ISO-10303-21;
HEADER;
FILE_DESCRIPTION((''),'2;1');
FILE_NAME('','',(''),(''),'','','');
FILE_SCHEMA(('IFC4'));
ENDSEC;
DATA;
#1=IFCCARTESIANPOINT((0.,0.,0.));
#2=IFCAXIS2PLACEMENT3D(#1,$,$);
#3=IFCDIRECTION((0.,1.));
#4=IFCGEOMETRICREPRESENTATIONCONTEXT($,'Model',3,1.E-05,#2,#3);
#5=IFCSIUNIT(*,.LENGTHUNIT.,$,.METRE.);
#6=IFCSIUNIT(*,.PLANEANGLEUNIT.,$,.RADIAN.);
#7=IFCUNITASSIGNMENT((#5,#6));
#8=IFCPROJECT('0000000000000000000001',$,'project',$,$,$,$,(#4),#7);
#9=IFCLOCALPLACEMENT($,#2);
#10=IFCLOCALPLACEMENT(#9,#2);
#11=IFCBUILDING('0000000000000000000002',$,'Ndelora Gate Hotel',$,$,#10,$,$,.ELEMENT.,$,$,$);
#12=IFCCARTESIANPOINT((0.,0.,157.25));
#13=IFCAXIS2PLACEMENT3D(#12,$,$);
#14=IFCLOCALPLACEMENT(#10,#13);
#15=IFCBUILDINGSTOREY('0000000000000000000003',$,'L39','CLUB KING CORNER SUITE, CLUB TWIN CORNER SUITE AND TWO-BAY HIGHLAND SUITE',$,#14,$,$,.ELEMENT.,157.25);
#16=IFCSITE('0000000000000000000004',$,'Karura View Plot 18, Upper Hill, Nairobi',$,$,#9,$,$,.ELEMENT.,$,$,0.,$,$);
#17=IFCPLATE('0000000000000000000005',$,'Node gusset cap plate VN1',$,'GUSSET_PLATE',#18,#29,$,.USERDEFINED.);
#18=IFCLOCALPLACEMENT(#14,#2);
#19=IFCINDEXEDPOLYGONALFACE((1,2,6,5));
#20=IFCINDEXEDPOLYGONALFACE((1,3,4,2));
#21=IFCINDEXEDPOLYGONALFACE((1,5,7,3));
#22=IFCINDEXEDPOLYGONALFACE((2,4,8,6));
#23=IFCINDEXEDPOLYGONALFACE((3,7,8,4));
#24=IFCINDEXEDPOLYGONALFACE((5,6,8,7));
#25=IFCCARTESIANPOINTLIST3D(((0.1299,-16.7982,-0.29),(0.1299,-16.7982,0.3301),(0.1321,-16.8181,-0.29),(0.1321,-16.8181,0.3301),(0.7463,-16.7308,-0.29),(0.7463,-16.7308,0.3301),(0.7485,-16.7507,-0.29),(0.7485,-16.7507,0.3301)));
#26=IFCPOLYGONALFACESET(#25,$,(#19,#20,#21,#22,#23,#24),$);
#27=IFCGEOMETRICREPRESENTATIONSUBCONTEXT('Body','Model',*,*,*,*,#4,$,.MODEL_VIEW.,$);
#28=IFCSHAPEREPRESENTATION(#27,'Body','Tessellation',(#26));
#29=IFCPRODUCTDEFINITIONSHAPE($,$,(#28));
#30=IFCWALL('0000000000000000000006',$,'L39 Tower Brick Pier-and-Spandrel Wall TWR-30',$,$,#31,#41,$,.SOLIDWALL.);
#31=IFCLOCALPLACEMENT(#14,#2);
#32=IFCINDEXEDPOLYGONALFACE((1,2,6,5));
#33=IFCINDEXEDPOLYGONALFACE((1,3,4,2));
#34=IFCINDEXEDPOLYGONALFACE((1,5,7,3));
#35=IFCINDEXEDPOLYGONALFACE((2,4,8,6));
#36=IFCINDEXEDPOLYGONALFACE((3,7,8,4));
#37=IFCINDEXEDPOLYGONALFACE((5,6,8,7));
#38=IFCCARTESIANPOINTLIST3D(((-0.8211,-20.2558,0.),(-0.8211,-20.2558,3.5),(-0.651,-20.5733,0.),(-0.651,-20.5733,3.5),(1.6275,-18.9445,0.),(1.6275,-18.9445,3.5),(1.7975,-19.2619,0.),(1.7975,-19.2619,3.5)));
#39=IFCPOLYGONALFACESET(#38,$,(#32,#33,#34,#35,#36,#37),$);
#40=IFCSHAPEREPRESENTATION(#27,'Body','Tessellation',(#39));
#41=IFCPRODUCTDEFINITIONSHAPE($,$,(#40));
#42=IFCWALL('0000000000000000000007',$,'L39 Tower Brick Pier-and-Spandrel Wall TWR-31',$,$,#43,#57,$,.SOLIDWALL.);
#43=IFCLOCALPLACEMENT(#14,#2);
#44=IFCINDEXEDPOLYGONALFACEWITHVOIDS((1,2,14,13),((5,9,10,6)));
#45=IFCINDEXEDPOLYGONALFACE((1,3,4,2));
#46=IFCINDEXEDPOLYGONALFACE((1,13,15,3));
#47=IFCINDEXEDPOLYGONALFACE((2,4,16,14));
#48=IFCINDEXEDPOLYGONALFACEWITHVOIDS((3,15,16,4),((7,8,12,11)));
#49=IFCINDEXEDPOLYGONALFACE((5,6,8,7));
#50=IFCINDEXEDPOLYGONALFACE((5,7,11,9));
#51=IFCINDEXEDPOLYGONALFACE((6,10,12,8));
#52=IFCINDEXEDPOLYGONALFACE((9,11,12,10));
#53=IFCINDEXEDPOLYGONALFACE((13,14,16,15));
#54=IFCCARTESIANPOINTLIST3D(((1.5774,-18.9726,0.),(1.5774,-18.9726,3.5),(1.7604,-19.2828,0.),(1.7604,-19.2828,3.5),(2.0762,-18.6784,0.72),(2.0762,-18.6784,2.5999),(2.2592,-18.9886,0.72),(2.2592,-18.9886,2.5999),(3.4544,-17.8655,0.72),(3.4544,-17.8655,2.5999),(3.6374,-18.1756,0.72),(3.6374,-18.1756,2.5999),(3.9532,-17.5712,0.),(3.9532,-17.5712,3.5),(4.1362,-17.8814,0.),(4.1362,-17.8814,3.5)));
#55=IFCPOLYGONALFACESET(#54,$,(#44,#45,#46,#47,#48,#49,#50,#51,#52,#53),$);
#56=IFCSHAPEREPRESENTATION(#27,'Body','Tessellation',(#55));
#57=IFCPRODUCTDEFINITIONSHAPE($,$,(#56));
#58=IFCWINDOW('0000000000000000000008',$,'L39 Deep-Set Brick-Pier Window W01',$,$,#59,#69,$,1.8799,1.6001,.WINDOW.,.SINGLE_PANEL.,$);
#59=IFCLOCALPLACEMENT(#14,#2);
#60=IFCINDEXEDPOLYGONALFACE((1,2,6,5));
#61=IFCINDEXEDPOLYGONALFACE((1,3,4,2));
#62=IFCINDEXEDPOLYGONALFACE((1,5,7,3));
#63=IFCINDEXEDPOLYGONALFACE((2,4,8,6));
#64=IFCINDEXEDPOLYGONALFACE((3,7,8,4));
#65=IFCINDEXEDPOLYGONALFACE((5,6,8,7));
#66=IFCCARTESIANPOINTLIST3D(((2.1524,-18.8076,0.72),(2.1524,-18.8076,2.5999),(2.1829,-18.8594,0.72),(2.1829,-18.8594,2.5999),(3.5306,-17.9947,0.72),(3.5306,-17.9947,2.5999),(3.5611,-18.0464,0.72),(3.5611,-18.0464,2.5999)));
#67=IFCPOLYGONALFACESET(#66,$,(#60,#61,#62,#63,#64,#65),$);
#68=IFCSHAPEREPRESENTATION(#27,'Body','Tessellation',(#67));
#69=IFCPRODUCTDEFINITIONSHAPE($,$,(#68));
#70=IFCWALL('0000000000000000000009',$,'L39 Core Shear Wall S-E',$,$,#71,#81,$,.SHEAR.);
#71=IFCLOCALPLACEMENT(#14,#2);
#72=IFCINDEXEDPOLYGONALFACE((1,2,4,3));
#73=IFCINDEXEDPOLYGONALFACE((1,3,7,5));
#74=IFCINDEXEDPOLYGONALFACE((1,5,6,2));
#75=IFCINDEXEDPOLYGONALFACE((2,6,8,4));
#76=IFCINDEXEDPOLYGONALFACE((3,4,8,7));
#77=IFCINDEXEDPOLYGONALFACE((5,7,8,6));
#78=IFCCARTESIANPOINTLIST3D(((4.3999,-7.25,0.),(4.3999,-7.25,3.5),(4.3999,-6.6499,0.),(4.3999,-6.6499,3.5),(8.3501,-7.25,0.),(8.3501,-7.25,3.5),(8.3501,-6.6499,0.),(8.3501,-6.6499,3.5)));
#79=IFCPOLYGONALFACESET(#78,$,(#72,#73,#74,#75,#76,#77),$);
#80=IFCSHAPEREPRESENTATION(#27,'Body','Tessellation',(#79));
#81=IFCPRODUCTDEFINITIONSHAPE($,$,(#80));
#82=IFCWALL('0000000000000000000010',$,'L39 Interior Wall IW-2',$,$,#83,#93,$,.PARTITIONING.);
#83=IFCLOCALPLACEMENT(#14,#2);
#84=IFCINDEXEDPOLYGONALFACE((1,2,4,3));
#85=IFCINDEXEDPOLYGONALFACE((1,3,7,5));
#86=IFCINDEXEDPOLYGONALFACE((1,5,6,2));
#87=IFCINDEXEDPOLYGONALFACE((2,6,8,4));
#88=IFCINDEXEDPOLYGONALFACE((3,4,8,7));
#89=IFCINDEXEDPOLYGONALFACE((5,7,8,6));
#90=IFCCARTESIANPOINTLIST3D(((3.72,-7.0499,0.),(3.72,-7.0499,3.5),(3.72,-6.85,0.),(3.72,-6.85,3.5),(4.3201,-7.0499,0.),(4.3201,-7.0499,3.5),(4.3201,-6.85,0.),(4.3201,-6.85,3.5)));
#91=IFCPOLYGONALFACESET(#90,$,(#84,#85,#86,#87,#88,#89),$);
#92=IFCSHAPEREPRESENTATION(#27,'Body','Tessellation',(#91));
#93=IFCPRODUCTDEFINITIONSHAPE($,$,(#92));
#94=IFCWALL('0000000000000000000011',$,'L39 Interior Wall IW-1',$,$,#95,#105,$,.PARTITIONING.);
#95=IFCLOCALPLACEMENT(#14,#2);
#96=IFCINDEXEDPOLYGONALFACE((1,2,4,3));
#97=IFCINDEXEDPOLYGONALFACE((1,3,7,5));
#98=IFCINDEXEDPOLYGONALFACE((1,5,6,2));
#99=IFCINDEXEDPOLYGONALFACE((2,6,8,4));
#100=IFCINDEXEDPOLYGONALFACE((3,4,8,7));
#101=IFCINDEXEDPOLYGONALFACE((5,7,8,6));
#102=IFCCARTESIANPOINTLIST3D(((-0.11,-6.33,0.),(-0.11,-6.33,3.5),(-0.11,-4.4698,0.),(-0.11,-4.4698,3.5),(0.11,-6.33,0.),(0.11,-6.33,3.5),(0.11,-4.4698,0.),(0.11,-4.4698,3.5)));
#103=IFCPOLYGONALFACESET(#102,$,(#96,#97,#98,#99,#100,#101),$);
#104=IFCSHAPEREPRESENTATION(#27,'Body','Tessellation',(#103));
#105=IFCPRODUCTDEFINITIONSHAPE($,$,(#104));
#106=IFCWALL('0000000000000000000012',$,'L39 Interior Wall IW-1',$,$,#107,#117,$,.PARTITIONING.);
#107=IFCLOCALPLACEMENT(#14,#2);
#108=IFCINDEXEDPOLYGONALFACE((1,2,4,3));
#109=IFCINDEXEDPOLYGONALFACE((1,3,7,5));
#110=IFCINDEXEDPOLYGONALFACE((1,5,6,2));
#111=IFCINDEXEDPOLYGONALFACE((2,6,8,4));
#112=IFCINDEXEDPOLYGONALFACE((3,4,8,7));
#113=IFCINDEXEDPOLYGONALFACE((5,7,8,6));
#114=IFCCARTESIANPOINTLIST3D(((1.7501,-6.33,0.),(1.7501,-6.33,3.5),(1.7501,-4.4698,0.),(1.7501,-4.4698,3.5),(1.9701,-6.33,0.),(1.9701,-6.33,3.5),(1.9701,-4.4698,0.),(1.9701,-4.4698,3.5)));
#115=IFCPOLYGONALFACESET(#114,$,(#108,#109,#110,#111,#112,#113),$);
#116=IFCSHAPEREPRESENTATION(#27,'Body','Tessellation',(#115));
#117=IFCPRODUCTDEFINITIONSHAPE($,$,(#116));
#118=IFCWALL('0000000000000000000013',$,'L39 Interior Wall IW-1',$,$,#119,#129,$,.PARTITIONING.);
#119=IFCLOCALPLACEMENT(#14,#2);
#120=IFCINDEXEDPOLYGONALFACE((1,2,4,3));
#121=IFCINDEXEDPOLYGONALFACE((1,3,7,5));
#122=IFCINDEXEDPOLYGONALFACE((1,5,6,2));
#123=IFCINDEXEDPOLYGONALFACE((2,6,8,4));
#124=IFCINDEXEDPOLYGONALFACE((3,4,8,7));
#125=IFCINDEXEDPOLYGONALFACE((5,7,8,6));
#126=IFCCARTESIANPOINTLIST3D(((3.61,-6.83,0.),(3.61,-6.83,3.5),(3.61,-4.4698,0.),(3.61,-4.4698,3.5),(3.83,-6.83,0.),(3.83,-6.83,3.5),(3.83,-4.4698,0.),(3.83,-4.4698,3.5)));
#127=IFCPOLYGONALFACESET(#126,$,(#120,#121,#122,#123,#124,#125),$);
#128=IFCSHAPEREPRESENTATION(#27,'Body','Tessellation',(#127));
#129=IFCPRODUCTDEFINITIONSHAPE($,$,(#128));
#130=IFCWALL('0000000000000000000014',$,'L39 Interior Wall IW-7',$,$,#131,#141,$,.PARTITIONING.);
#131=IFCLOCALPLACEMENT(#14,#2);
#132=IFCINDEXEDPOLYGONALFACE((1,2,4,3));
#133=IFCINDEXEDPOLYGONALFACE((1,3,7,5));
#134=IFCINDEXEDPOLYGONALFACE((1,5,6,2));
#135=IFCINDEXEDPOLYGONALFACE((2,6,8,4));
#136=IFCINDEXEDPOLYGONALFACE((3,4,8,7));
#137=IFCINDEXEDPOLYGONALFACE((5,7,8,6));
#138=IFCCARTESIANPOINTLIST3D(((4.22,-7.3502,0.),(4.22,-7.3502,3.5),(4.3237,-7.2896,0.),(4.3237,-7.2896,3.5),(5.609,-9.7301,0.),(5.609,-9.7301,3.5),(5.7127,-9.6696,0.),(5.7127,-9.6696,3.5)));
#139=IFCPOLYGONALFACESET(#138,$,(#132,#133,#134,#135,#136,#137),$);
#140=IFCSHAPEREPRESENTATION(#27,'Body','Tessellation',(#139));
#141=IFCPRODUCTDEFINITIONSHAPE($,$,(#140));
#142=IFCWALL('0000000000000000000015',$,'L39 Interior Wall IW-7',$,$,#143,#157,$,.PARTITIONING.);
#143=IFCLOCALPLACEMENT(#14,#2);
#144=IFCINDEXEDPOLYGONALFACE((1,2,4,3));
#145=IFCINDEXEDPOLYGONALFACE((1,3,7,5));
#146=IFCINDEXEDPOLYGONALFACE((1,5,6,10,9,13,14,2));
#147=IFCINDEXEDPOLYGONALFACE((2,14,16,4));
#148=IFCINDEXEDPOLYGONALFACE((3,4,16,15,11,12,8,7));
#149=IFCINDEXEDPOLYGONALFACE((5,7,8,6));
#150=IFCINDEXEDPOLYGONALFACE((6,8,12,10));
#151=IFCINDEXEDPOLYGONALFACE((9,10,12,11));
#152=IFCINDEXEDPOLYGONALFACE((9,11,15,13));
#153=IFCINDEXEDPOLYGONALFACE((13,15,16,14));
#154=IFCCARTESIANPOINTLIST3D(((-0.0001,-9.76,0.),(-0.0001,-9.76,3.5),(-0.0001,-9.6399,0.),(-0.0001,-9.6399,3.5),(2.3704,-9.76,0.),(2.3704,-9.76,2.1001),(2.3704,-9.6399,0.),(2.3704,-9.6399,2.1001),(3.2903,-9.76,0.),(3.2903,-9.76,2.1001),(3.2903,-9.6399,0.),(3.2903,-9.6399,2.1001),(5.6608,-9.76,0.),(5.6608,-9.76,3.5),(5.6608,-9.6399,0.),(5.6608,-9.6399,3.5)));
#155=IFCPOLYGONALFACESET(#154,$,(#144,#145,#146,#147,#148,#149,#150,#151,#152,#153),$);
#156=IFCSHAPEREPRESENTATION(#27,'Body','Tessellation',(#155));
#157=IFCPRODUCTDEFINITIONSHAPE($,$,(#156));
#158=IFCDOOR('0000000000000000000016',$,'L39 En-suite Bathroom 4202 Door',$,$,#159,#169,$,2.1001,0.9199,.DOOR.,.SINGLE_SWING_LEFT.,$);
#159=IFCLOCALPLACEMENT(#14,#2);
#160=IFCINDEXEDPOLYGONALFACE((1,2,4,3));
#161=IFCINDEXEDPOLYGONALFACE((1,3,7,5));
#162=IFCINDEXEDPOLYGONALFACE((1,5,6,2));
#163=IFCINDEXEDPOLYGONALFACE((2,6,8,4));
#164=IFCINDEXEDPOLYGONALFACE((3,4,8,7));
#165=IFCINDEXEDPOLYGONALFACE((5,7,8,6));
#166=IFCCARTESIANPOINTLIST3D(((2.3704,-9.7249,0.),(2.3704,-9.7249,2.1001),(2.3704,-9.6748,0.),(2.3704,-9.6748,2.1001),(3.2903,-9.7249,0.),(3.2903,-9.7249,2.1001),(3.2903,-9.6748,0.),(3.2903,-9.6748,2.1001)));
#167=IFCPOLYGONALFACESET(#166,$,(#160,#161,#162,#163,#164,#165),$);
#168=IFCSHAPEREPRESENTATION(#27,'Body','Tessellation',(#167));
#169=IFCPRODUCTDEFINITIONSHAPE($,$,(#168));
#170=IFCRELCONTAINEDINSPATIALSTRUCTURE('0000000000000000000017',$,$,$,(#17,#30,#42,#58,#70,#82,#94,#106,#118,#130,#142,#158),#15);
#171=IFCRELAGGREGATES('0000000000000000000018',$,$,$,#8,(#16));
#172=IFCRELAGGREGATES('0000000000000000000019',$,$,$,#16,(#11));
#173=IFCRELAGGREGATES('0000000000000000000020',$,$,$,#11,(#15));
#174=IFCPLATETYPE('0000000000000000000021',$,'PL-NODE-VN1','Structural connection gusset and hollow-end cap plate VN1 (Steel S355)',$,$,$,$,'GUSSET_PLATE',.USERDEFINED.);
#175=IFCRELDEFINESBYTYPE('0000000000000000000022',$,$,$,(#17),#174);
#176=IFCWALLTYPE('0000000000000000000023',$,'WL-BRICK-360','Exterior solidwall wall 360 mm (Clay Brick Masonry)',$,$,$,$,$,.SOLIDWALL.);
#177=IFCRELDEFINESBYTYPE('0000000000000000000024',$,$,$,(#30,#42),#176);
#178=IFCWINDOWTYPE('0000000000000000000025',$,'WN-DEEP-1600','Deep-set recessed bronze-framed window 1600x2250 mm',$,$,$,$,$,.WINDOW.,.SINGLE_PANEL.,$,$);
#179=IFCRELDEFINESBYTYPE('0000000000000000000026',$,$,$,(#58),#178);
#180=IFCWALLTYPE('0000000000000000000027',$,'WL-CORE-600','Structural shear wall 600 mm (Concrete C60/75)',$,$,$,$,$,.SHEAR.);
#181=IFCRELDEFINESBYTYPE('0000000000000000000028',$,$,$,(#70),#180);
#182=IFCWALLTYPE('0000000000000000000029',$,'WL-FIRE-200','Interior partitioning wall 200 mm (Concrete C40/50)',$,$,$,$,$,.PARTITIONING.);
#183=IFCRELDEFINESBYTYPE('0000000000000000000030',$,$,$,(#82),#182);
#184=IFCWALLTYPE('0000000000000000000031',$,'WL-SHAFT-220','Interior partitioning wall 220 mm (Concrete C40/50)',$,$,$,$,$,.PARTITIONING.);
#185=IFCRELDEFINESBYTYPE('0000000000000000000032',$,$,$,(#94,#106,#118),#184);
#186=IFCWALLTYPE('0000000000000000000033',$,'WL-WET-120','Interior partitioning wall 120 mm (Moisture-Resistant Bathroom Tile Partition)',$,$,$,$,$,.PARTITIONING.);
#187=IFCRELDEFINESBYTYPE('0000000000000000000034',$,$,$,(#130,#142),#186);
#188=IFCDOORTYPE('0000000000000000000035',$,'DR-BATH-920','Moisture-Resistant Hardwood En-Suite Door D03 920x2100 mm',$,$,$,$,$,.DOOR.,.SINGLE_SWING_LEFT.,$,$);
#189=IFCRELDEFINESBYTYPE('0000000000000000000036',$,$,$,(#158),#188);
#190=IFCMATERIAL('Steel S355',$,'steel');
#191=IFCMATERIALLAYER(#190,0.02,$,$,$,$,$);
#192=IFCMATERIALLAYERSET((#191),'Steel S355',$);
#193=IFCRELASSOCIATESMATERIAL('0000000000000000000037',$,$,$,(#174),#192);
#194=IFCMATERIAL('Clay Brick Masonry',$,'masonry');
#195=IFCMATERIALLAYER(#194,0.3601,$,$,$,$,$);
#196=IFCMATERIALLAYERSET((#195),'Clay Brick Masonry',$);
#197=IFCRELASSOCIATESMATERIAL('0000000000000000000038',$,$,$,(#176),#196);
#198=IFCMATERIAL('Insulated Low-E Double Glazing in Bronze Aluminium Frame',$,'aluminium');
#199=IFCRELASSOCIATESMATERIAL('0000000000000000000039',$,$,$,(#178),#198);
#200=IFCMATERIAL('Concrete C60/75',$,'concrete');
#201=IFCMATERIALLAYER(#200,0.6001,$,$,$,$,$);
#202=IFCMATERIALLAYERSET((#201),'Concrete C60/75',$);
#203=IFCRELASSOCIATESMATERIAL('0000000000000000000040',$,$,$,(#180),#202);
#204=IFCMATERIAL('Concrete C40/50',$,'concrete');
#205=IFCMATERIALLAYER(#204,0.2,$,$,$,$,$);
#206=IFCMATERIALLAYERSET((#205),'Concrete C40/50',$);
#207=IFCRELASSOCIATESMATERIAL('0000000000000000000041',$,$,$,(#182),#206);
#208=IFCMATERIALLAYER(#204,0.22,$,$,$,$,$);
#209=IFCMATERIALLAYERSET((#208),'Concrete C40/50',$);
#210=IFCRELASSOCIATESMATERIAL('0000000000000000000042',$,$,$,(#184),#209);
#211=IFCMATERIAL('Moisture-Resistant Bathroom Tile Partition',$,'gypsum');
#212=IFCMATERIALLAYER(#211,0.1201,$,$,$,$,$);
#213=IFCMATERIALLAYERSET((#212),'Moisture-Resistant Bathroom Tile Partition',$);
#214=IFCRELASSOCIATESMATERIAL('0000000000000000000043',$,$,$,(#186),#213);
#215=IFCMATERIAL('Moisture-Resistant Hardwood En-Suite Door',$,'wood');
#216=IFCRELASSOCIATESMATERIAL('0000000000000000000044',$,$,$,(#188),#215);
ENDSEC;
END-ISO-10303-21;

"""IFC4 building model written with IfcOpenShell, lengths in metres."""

from ifc_helpers import new_model, si_unit, direction, frame, frame_2d, origin, origin_2d, place, context, subcontext, project, spatial, rectangle, extrude, material, layer, layer_set, type_object, element, fill, save


model = new_model("IFC4")

# Units and contexts
model_context = context("Model", 3, precision=1e-05, world=origin(), true_north=direction((0.0, 1.0)))
body_context = subcontext(model_context, "Body", "Model", "MODEL_VIEW")
ifc_project = project(units=[si_unit("LENGTHUNIT", "METRE"), si_unit("PLANEANGLEUNIT", "RADIAN")], contexts=[model_context])

# Site, building, storey
site_placement = place(None, origin())
site = spatial("IfcSite", under=ifc_project, at=site_placement, Name="Karura View Plot 18, Upper Hill, Nairobi", CompositionType="ELEMENT", RefElevation=0.0)
building_placement = place(site_placement, origin())
building = spatial("IfcBuilding", under=site, at=building_placement, Name="Ndelora Gate Hotel", CompositionType="ELEMENT")
storey_placement = place(building_placement, frame((0.0, 0.0, 157.25)))
storey = spatial("IfcBuildingStorey", under=building, at=storey_placement, Name="L39", Description="CLUB KING CORNER SUITE, CLUB TWIN CORNER SUITE AND TWO-BAY HIGHLAND SUITE", CompositionType="ELEMENT", Elevation=157.25)

# Shared definitions
ifc_material_1 = material(Name="Concrete C60/75", Category="concrete")

# Shared definitions
ifc_material_2 = material(Name="Steel S355", Category="steel")

# Plate
ifc_layer_1 = layer(ifc_material_2, 0.02)
ifc_layer_set_1 = layer_set([ifc_layer_1], Name="Steel S355")
plate_type = type_object("IfcPlateType", Name="PL-NODE-VN1", Description="Structural connection gusset and hollow-end cap plate VN1 (Steel S355)", ElementType="GUSSET_PLATE", PredefinedType="USERDEFINED", material=ifc_layer_set_1)
plate_placement = place(storey_placement, frame((0.4392, -16.7744, -0.29), z_axis=(0.0, 0.0, 1.0), x_axis=(0.994075, 0.108693, 0.0)))
element("IfcPlate", 1, at=plate_placement, inside=storey, type_object=plate_type, Name="Node gusset cap plate VN1", ObjectType="GUSSET_PLATE", PredefinedType="USERDEFINED", context=body_context, shape_type="SweptSolid", body=[
    extrude(rectangle(XDim=0.6201, YDim=0.02, at=origin_2d()), origin(), (0.0, 0.0, 1.0), 0.6201),
])

# Wall
ifc_material_3 = material(Name="Clay Brick Masonry", Category="masonry")
ifc_layer_2 = layer(ifc_material_3, 0.3601)
ifc_layer_set_2 = layer_set([ifc_layer_2], Name="Clay Brick Masonry")
wall_type_1 = type_object("IfcWallType", Name="WL-BRICK-360", Description="Exterior solidwall wall 360 mm (Clay Brick Masonry)", PredefinedType="SOLIDWALL", material=ifc_layer_set_2)
wall_1_placement = place(storey_placement, frame((1.7124, -19.1033, 0.0), z_axis=(0.0, 0.0, 1.0), x_axis=(-0.881541, -0.472107, 0.0)))
element("IfcWall", 2, at=wall_1_placement, inside=storey, type_object=wall_type_1, Name="L39 Tower Brick Pier-and-Spandrel Wall TWR-30", PredefinedType="SOLIDWALL", context=body_context, shape_type="SweptSolid", body=[
    extrude(rectangle(XDim=2.7776, YDim=0.3601, at=frame_2d((1.3887, 0.0))), origin(), (0.0, 0.0, 1.0), 3.5),
])

# Wall, opening, window
wall_2_placement = place(storey_placement, frame((4.0447, -17.7263, 0.0), z_axis=(0.0, 0.0, 1.0), x_axis=(-0.861319, -0.508064, 0.0)))
wall_2 = element("IfcWall", 3, at=wall_2_placement, inside=storey, type_object=wall_type_1, Name="L39 Tower Brick Pier-and-Spandrel Wall TWR-31", PredefinedType="SOLIDWALL", context=body_context, shape_type="SweptSolid", body=[
    extrude(rectangle(XDim=2.7583, YDim=0.3601, at=frame_2d((1.3792, 0.0))), origin(), (0.0, 0.0, 1.0), 3.5),
])
opening_1_placement = place(wall_2_placement, frame((0.5791, 0.0, 0.72)))
opening_1 = element("IfcOpeningElement", 4, at=opening_1_placement, cuts=wall_2, PredefinedType="OPENING", context=body_context, shape_type="SweptSolid", body=[
    extrude(rectangle(XDim=1.6001, YDim=1.8799, at=frame_2d((0.8, 0.9399))), frame((0.0, 0.1899, 0.0), z_axis=(0.0, -1.0, 0.0), x_axis=(1.0, 0.0, 0.0)), (0.0, 0.0, 1.0), 0.3801),
])
ifc_material_4 = material(Name="Insulated Low-E Double Glazing in Bronze Aluminium Frame", Category="aluminium")
window_type = type_object("IfcWindowType", Name="WN-DEEP-1600", Description="Deep-set recessed bronze-framed window 1600x2250 mm", PartitioningType="SINGLE_PANEL", PredefinedType="WINDOW", material=ifc_material_4)
window_placement = place(opening_1_placement, origin())
window = element("IfcWindow", 5, at=window_placement, inside=storey, type_object=window_type, Name="L39 Deep-Set Brick-Pier Window W01", OverallHeight=1.8799, OverallWidth=1.6001, PartitioningType="SINGLE_PANEL", PredefinedType="WINDOW", context=body_context, shape_type="SweptSolid", body=[
    extrude(rectangle(XDim=1.6001, YDim=1.8799, at=frame_2d((0.8, 0.9399))), frame((0.0, 0.03, 0.0), z_axis=(0.0, -1.0, 0.0), x_axis=(1.0, 0.0, 0.0)), (0.0, 0.0, 1.0), 0.0601),
])
fill(opening_1, window)

# Walls
ifc_layer_3 = layer(ifc_material_1, 0.6001)
ifc_layer_set_3 = layer_set([ifc_layer_3], Name="Concrete C60/75")
wall_type_2 = type_object("IfcWallType", Name="WL-CORE-600", Description="Structural shear wall 600 mm (Concrete C60/75)", PredefinedType="SHEAR", material=ifc_layer_set_3)
wall_3_placement = place(storey_placement, frame((4.3999, -6.95, 0.0), z_axis=(0.0, 0.0, 1.0), x_axis=(1.0, 0.0, 0.0)))
element("IfcWall", 6, at=wall_3_placement, inside=storey, type_object=wall_type_2, Name="L39 Core Shear Wall S-E", PredefinedType="SHEAR", context=body_context, shape_type="SweptSolid", body=[
    extrude(rectangle(XDim=3.9502, YDim=0.6001, at=frame_2d((1.9751, 0.0))), origin(), (0.0, 0.0, 1.0), 3.5),
])
ifc_material_5 = material(Name="Concrete C40/50", Category="concrete")
ifc_layer_4 = layer(ifc_material_5, 0.2)
ifc_layer_set_4 = layer_set([ifc_layer_4], Name="Concrete C40/50")
wall_type_3 = type_object("IfcWallType", Name="WL-FIRE-200", Description="Interior partitioning wall 200 mm (Concrete C40/50)", PredefinedType="PARTITIONING", material=ifc_layer_set_4)
wall_4_placement = place(storey_placement, frame((3.72, -6.95, 0.0), z_axis=(0.0, 0.0, 1.0), x_axis=(1.0, 0.0, 0.0)))
element("IfcWall", 7, at=wall_4_placement, inside=storey, type_object=wall_type_3, Name="L39 Interior Wall IW-2", PredefinedType="PARTITIONING", context=body_context, shape_type="SweptSolid", body=[
    extrude(rectangle(XDim=0.6001, YDim=0.2, at=frame_2d((0.3, 0.0))), origin(), (0.0, 0.0, 1.0), 3.5),
])

# Shared definitions
ifc_layer_5 = layer(ifc_material_5, 0.22)
ifc_layer_set_5 = layer_set([ifc_layer_5], Name="Concrete C40/50")
wall_type_4 = type_object("IfcWallType", Name="WL-SHAFT-220", Description="Interior partitioning wall 220 mm (Concrete C40/50)", PredefinedType="PARTITIONING", material=ifc_layer_set_5)

# Walls
for number, where, z_axis, x_axis, name in (
    (8, (0.0, -6.3301, 0.0), (0.0, 0.0, 1.0), (0.0, 1.0, 0.0), "L39 Interior Wall IW-1"),
    (9, (1.8601, -6.3301, 0.0), (0.0, 0.0, 1.0), (0.0, 1.0, 0.0), "L39 Interior Wall IW-1"),
):
    element("IfcWall", number, at=place(storey_placement, frame(where, z_axis=z_axis, x_axis=x_axis)), inside=storey, type_object=wall_type_4, Name=name, PredefinedType="PARTITIONING", context=body_context, shape_type="SweptSolid", body=[
        extrude(rectangle(XDim=1.8601, YDim=0.22, at=frame_2d((0.9302, 0.0))), origin(), (0.0, 0.0, 1.0), 3.5),
    ])

# Walls
wall_5_placement = place(storey_placement, frame((3.72, -6.8301, 0.0), z_axis=(0.0, 0.0, 1.0), x_axis=(0.0, 1.0, 0.0)))
element("IfcWall", 10, at=wall_5_placement, inside=storey, type_object=wall_type_4, Name="L39 Interior Wall IW-1", PredefinedType="PARTITIONING", context=body_context, shape_type="SweptSolid", body=[
    extrude(rectangle(XDim=2.3601, YDim=0.22, at=frame_2d((1.1802, 0.0))), origin(), (0.0, 0.0, 1.0), 3.5),
])
ifc_material_6 = material(Name="Moisture-Resistant Bathroom Tile Partition", Category="gypsum")
ifc_layer_6 = layer(ifc_material_6, 0.1201)
ifc_layer_set_6 = layer_set([ifc_layer_6], Name="Moisture-Resistant Bathroom Tile Partition")
wall_type_5 = type_object("IfcWallType", Name="WL-WET-120", Description="Interior partitioning wall 120 mm (Moisture-Resistant Bathroom Tile Partition)", PredefinedType="PARTITIONING", material=ifc_layer_set_6)
wall_6_placement = place(storey_placement, frame((5.6609, -9.7, 0.0), z_axis=(0.0, 0.0, 1.0), x_axis=(-0.504047, 0.863676, 0.0)))
element("IfcWall", 11, at=wall_6_placement, inside=storey, type_object=wall_type_5, Name="L39 Interior Wall IW-7", PredefinedType="PARTITIONING", context=body_context, shape_type="SweptSolid", body=[
    extrude(rectangle(XDim=2.7556, YDim=0.1201, at=frame_2d((1.3779, 0.0))), origin(), (0.0, 0.0, 1.0), 3.5),
])

# Wall, opening, door
wall_7_placement = place(storey_placement, frame((5.6609, -9.7, 0.0), z_axis=(0.0, 0.0, 1.0), x_axis=(-1.0, 0.0, 0.0)))
wall_7 = element("IfcWall", 12, at=wall_7_placement, inside=storey, type_object=wall_type_5, Name="L39 Interior Wall IW-7", PredefinedType="PARTITIONING", context=body_context, shape_type="SweptSolid", body=[
    extrude(rectangle(XDim=5.6609, YDim=0.1201, at=frame_2d((2.8306, 0.0))), origin(), (0.0, 0.0, 1.0), 3.5),
])
opening_2_placement = place(wall_7_placement, frame((2.3706, 0.0, 0.0)))
opening_2 = element("IfcOpeningElement", 13, at=opening_2_placement, cuts=wall_7, PredefinedType="OPENING", context=body_context, shape_type="SweptSolid", body=[
    extrude(rectangle(XDim=0.9199, YDim=2.1001, at=frame_2d((0.46, 1.05))), frame((0.0, 0.0701, 0.0), z_axis=(0.0, -1.0, 0.0), x_axis=(1.0, 0.0, 0.0)), (0.0, 0.0, 1.0), 0.1401),
])
ifc_material_7 = material(Name="Moisture-Resistant Hardwood En-Suite Door", Category="wood")
door_type_1 = type_object("IfcDoorType", Name="DR-BATH-920", Description="Moisture-Resistant Hardwood En-Suite Door D03 920x2100 mm", OperationType="SINGLE_SWING_LEFT", PredefinedType="DOOR", material=ifc_material_7)
door_1_placement = place(opening_2_placement, origin())
door_1 = element("IfcDoor", 14, at=door_1_placement, inside=storey, type_object=door_type_1, Name="L39 En-suite Bathroom 4202 Door", OperationType="SINGLE_SWING_LEFT", OverallHeight=2.1001, OverallWidth=0.9199, PredefinedType="DOOR", context=body_context, shape_type="SweptSolid", body=[
    extrude(rectangle(XDim=0.9199, YDim=2.1001, at=frame_2d((0.46, 1.05))), frame((0.0, 0.0249, 0.0), z_axis=(0.0, -1.0, 0.0), x_axis=(1.0, 0.0, 0.0)), (0.0, 0.0, 1.0), 0.05),
])
fill(opening_2, door_1)

save(model, "model.ifc")
